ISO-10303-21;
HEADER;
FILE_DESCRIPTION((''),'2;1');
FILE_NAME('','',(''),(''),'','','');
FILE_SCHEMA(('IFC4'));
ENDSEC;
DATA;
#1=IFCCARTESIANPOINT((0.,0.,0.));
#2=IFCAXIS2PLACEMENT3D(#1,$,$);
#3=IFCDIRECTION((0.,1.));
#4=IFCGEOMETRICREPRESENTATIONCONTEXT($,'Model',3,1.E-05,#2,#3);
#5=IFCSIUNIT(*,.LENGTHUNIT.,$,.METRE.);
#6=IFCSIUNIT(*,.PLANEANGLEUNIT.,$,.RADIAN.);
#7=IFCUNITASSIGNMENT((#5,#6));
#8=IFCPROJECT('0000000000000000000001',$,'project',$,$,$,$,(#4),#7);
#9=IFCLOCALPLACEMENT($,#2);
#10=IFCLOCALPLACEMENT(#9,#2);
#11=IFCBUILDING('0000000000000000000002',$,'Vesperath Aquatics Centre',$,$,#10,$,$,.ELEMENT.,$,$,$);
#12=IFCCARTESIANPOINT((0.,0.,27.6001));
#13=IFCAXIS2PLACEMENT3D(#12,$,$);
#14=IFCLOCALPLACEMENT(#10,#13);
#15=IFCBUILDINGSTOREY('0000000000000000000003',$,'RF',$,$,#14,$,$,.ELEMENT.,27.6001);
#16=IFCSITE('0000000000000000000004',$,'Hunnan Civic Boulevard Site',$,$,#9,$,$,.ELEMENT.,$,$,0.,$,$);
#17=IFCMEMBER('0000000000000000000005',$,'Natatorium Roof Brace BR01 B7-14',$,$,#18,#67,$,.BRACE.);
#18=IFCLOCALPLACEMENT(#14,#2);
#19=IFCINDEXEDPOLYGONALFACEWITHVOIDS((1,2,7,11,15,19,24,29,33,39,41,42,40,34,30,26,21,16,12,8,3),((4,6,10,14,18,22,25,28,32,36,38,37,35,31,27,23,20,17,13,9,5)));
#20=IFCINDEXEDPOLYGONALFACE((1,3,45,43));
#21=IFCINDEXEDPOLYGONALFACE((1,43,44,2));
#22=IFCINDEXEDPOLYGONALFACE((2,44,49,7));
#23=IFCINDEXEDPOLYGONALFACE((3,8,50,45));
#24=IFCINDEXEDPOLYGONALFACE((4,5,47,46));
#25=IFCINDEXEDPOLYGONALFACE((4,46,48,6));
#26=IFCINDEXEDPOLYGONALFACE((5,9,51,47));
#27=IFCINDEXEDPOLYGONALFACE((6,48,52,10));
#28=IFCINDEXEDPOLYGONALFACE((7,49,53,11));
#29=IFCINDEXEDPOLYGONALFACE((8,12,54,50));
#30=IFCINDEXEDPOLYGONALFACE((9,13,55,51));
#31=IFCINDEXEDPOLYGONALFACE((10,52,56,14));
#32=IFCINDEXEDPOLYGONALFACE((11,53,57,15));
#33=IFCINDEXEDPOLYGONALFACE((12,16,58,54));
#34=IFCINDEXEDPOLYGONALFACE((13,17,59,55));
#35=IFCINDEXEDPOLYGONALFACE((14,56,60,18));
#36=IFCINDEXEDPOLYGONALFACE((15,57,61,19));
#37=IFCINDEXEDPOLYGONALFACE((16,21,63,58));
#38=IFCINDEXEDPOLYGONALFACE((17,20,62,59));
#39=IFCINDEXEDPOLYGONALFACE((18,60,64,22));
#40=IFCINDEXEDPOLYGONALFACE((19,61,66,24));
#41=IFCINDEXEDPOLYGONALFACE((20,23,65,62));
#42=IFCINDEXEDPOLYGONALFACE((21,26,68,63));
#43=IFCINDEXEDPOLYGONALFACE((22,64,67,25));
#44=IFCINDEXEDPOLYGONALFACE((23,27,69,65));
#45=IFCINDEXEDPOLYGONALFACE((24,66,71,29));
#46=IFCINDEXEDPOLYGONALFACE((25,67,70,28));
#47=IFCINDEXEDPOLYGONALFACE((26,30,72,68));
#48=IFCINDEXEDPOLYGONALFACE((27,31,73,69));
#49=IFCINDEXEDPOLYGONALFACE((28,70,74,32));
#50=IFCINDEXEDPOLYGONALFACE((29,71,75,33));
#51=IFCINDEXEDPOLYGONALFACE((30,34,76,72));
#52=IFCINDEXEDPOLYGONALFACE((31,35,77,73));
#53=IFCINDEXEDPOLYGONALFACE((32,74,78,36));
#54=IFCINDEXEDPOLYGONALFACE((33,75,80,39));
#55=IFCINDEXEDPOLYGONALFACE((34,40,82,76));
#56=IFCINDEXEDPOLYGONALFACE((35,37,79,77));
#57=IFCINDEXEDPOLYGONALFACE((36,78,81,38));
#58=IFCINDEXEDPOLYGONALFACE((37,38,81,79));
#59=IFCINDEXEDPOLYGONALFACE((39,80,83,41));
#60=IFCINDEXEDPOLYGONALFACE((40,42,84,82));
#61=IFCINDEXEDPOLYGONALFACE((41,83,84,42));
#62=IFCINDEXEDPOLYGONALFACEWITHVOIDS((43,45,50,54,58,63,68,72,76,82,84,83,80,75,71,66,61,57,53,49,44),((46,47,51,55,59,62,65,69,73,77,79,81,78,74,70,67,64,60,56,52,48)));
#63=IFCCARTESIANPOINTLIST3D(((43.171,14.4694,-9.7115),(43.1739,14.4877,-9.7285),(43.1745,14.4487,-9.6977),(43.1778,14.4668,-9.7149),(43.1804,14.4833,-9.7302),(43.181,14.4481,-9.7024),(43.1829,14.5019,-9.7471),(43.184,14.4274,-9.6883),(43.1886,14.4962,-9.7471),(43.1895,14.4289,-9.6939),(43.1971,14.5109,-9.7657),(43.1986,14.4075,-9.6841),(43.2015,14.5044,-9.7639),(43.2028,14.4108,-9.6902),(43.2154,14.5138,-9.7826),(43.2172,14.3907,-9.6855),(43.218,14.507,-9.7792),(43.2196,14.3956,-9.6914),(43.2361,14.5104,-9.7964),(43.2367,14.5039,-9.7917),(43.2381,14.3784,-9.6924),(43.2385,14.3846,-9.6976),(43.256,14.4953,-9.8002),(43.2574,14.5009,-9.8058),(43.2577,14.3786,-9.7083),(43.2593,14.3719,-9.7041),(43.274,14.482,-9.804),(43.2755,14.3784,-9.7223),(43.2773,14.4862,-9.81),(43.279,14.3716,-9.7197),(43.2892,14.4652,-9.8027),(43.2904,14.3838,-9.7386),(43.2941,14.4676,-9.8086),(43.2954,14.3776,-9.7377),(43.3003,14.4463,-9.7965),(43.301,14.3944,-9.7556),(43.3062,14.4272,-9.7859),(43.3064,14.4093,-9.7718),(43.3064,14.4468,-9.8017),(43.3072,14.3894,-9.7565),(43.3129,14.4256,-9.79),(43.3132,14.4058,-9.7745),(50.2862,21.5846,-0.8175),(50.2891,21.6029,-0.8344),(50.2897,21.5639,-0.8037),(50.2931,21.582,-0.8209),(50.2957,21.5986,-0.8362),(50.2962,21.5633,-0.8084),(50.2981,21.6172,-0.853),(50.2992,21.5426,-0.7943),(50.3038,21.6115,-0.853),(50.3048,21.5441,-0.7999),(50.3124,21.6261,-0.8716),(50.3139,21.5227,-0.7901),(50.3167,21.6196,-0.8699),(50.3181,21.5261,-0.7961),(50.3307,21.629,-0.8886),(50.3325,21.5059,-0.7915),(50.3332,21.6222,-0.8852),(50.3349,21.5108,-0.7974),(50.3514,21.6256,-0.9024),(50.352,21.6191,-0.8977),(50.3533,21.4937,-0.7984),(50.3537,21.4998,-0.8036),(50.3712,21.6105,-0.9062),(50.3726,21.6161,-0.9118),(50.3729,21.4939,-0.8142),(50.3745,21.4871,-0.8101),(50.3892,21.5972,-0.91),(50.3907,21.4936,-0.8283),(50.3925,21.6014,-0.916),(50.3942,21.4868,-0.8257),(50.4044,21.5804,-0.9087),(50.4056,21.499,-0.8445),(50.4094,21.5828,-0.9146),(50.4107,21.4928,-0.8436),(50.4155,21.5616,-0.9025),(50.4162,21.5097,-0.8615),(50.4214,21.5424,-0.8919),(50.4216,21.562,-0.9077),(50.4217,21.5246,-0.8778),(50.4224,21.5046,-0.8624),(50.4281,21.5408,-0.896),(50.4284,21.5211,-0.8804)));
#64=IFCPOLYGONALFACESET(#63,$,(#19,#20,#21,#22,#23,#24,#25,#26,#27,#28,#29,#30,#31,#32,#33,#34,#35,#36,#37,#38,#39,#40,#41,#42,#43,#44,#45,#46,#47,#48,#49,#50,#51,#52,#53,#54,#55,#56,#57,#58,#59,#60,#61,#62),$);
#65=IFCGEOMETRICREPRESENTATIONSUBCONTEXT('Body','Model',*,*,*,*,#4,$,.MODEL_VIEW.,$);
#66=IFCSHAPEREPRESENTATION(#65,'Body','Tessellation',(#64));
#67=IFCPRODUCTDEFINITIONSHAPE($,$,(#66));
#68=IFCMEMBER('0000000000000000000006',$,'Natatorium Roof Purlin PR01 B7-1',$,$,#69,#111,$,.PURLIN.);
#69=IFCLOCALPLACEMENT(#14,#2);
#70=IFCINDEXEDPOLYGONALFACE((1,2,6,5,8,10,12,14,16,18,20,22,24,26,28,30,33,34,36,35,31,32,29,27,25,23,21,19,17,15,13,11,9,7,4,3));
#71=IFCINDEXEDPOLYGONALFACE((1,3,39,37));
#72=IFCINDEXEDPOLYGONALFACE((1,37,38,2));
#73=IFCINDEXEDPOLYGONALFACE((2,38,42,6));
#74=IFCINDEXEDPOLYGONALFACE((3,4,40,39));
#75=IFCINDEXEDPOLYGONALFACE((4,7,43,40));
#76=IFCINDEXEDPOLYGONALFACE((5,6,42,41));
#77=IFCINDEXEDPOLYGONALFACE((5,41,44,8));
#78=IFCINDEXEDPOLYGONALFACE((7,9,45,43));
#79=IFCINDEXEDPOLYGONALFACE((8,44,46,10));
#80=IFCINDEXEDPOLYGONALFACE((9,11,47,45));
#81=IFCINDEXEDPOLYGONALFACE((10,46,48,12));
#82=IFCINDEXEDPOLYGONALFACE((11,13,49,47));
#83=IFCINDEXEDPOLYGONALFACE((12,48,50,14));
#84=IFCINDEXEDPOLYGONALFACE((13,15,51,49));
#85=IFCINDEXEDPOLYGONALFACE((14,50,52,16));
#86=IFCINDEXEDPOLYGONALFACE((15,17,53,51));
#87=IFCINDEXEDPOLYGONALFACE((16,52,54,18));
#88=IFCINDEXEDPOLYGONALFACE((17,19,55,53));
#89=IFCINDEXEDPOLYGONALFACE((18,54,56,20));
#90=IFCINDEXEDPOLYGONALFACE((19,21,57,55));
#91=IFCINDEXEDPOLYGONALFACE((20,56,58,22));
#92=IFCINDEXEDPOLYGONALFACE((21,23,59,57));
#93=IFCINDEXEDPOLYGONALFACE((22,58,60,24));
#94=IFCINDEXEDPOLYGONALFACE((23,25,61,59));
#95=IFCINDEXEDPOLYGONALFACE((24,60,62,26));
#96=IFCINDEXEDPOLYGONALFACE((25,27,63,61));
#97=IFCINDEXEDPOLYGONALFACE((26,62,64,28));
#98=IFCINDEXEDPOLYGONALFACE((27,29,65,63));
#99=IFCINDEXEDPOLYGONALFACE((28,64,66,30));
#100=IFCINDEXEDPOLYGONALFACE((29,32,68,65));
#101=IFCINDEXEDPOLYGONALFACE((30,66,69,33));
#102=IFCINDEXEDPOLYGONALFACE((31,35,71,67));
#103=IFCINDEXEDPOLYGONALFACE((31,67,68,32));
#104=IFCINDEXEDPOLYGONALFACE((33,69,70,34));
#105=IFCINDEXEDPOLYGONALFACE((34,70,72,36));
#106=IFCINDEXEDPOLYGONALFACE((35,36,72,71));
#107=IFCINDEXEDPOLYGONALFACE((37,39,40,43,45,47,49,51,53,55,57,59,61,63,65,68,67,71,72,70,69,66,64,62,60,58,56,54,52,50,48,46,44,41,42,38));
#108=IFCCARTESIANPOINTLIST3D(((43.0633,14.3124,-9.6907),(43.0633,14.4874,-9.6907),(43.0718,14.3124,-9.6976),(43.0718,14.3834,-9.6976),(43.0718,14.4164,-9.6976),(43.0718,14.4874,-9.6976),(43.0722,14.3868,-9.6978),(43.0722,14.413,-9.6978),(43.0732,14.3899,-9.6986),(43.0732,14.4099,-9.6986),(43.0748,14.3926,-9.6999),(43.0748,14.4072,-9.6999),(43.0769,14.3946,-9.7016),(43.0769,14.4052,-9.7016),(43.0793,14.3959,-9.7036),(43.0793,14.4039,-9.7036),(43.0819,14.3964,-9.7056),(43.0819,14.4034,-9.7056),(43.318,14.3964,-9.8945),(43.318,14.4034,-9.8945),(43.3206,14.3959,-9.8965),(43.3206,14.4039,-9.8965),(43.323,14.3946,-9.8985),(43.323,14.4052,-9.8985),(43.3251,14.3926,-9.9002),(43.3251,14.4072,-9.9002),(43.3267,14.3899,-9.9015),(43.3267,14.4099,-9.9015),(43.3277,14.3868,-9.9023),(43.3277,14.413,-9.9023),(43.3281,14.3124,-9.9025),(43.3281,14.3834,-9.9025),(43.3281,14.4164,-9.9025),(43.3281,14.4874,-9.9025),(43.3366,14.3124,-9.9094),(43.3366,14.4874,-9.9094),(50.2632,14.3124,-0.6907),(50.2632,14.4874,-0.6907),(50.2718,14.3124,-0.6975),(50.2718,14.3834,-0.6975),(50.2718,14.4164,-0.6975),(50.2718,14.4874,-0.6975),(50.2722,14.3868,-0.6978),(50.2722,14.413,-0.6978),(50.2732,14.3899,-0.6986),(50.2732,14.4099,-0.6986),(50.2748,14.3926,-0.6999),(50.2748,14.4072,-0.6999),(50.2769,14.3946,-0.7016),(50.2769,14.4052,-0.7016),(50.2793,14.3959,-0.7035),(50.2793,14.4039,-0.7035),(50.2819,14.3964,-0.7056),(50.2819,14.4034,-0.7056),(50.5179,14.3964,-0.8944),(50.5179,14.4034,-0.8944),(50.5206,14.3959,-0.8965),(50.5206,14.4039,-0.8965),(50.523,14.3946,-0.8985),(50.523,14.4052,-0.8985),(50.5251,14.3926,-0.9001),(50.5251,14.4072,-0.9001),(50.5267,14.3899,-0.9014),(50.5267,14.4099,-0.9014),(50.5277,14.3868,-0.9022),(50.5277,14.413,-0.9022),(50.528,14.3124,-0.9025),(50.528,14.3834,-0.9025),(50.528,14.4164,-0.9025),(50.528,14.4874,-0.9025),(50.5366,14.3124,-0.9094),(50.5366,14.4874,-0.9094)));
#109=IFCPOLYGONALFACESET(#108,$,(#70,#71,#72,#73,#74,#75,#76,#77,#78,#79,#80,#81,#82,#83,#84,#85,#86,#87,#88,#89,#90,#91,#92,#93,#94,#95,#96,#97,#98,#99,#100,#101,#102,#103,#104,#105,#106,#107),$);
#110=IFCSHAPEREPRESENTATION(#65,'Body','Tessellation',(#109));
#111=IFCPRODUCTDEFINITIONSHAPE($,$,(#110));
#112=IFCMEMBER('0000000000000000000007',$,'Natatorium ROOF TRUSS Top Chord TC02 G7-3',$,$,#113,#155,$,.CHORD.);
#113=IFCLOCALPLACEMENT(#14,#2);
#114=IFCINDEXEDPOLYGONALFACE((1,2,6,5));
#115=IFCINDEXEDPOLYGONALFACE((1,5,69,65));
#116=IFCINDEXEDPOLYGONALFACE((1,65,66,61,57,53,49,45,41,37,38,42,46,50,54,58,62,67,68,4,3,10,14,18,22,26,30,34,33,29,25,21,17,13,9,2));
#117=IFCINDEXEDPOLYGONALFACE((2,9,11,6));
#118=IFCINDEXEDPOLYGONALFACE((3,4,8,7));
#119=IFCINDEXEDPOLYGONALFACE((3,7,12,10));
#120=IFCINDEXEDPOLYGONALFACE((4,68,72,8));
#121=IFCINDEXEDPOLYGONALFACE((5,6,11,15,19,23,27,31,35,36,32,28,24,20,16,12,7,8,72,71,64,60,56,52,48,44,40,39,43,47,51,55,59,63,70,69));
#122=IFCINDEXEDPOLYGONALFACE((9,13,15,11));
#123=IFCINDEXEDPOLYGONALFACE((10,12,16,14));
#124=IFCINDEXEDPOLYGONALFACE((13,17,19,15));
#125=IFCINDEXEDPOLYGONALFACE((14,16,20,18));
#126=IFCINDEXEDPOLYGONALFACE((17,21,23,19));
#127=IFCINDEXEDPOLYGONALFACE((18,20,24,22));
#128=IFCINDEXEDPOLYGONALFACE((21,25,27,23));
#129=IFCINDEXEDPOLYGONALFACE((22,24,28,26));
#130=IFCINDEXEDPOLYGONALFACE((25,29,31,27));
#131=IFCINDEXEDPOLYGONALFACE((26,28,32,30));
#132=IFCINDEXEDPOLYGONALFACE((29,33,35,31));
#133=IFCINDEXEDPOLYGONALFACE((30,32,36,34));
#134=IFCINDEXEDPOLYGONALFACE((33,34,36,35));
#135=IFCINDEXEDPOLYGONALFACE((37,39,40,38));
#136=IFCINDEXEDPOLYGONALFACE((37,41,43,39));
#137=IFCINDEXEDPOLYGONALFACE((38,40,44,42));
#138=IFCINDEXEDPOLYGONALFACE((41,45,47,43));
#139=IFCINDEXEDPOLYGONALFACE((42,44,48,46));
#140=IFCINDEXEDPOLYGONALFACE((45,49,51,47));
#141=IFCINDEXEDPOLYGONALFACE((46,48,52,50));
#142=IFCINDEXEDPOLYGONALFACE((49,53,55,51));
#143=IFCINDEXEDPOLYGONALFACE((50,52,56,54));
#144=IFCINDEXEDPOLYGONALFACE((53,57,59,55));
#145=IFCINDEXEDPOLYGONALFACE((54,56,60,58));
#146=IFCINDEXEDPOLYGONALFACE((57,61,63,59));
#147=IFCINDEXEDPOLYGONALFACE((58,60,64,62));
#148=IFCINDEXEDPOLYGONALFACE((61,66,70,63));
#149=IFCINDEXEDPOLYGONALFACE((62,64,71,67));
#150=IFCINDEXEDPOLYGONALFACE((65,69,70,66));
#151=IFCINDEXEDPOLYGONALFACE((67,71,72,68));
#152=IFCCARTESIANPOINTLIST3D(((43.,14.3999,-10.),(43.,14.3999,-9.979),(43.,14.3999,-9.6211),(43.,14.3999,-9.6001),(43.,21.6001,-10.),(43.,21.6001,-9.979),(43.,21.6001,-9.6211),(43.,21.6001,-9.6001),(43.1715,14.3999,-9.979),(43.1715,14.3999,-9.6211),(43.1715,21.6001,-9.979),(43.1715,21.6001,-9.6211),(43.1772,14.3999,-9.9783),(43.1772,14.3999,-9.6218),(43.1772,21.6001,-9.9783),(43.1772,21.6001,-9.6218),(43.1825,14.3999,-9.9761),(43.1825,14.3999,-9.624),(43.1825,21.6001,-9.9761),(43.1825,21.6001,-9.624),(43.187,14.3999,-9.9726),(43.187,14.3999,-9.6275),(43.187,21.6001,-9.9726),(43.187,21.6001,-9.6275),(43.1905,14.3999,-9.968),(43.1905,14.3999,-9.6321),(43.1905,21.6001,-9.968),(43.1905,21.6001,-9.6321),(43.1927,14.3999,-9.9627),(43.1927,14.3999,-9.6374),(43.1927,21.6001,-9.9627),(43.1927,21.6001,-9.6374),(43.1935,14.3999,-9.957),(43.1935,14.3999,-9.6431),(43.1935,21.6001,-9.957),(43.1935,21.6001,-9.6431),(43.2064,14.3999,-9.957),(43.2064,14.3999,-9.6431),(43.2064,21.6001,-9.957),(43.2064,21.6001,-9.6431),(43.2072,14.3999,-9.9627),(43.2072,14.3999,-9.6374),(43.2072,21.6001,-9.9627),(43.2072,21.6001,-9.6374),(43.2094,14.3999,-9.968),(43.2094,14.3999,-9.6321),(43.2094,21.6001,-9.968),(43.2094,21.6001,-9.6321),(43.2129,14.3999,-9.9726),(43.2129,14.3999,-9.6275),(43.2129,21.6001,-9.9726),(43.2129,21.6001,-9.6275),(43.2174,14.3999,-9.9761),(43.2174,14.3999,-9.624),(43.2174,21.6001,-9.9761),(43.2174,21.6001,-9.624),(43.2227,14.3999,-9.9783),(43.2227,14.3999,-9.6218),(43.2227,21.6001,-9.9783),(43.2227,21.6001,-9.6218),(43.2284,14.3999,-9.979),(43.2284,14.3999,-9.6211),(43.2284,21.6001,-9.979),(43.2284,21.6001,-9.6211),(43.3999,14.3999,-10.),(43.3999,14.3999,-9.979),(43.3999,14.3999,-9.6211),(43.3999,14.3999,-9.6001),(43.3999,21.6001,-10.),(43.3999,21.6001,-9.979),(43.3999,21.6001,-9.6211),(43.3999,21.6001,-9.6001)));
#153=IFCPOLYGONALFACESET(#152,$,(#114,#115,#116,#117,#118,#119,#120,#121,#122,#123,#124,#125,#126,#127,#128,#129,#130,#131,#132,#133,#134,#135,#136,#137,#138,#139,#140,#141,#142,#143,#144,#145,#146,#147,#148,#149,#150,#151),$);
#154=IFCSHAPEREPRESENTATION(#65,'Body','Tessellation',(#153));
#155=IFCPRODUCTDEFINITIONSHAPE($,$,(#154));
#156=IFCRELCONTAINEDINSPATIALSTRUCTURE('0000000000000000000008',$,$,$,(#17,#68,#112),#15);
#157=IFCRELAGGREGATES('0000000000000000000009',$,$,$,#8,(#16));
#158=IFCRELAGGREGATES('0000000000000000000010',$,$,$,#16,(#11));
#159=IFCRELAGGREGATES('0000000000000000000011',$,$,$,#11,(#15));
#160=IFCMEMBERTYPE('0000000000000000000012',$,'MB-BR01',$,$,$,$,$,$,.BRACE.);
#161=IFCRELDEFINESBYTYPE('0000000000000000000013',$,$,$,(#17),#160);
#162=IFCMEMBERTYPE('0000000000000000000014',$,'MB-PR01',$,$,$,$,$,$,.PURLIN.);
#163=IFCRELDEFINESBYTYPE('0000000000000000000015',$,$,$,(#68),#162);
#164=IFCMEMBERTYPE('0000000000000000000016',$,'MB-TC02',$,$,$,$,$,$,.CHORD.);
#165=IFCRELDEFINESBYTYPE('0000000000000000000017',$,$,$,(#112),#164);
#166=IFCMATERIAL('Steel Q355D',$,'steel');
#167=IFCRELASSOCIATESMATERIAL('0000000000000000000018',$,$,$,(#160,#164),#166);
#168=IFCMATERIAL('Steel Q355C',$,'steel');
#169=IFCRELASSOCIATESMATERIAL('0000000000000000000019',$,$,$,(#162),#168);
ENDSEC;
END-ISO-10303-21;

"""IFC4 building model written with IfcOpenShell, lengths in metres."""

from ifc_helpers import new_model, si_unit, direction, frame, origin, origin_2d, place, context, subcontext, project, spatial, hollow_circle, i_section, extrude, material, material_profile, profile_set, type_object, element, save


model = new_model("IFC4")

# Units and contexts
model_context = context("Model", 3, precision=1e-05, world=origin(), true_north=direction((0.0, 1.0)))
body_context = subcontext(model_context, "Body", "Model", "MODEL_VIEW")
ifc_project = project(units=[si_unit("LENGTHUNIT", "METRE"), si_unit("PLANEANGLEUNIT", "RADIAN")], contexts=[model_context])

# Site, building, storey
site_placement = place(None, origin())
site = spatial("IfcSite", under=ifc_project, at=site_placement, Name="Hunnan Civic Boulevard Site", CompositionType="ELEMENT", RefElevation=0.0)
building_placement = place(site_placement, origin())
building = spatial("IfcBuilding", under=site, at=building_placement, Name="Vesperath Aquatics Centre", CompositionType="ELEMENT")
storey_placement = place(building_placement, frame((0.0, 0.0, 27.6001)))
storey = spatial("IfcBuildingStorey", under=building, at=storey_placement, Name="RF", CompositionType="ELEMENT", Elevation=27.6001)

# Shared definitions
ifc_material_1 = material(Name="Steel Q355C", Category="steel")

# Members
ifc_material_2 = material(Name="Steel Q355D", Category="steel")
ifc_material_profile_1 = material_profile(ifc_material_2, hollow_circle(Radius=0.0842, WallThickness=0.0081, at=origin_2d()), Name="CHS 168.3x8")
ifc_profile_set_1 = profile_set([ifc_material_profile_1], Name="Steel Q355D")
member_type_1 = type_object("IfcMemberType", Name="MB-BR01", PredefinedType="BRACE", material=ifc_profile_set_1)
member_1_placement = place(storey_placement, frame((43.2424, 14.4424, -9.7471), z_axis=(0.529813, 0.529813, 0.662266), x_axis=(-0.707107, 0.707107, 0.0)))
element("IfcMember", 1, at=member_1_placement, inside=storey, type_object=member_type_1, Name="Natatorium Roof Brace BR01 B7-14", PredefinedType="BRACE", context=body_context, shape_type="SweptSolid", body=[
    extrude(hollow_circle(Radius=0.0842, WallThickness=0.0081, at=origin_2d()), origin(), (0.0, 0.0, 1.0), 13.4297),
])
ifc_material_profile_2 = material_profile(ifc_material_1, i_section(OverallWidth=0.175, OverallDepth=0.3501, WebThickness=0.0071, FlangeThickness=0.011, FilletRadius=0.0129, at=origin_2d()), Name="HN 350x175x7x11")
ifc_profile_set_2 = profile_set([ifc_material_profile_2], Name="Steel Q355C")
member_type_2 = type_object("IfcMemberType", Name="MB-PR01", PredefinedType="PURLIN", material=ifc_profile_set_2)
member_2_placement = place(storey_placement, frame((43.2, 14.3999, -9.8), z_axis=(0.624692, 0.0, 0.780871), x_axis=(0.0, 1.0, 0.0)))
element("IfcMember", 2, at=member_2_placement, inside=storey, type_object=member_type_2, Name="Natatorium Roof Purlin PR01 B7-1", PredefinedType="PURLIN", context=body_context, shape_type="SweptSolid", body=[
    extrude(i_section(OverallWidth=0.175, OverallDepth=0.3501, WebThickness=0.0071, FlangeThickness=0.011, FilletRadius=0.0129, at=origin_2d()), origin(), (0.0, 0.0, 1.0), 11.5256),
])
ifc_material_profile_3 = material_profile(ifc_material_2, i_section(OverallWidth=0.3999, OverallDepth=0.3999, WebThickness=0.0129, FlangeThickness=0.021, FilletRadius=0.022, at=origin_2d()), Name="HW 400x400x13x21")
ifc_profile_set_3 = profile_set([ifc_material_profile_3], Name="Steel Q355D")
member_type_3 = type_object("IfcMemberType", Name="MB-TC02", PredefinedType="CHORD", material=ifc_profile_set_3)
member_3_placement = place(storey_placement, frame((43.2, 14.3999, -9.8), z_axis=(0.0, 1.0, 0.0), x_axis=(-1.0, 0.0, 0.0)))
element("IfcMember", 3, at=member_3_placement, inside=storey, type_object=member_type_3, Name="Natatorium ROOF TRUSS Top Chord TC02 G7-3", PredefinedType="CHORD", context=body_context, shape_type="SweptSolid", body=[
    extrude(i_section(OverallWidth=0.3999, OverallDepth=0.3999, WebThickness=0.0129, FlangeThickness=0.021, FilletRadius=0.022, at=origin_2d()), origin(), (0.0, 0.0, 1.0), 7.2002),
])

save(model, "model.ifc")
